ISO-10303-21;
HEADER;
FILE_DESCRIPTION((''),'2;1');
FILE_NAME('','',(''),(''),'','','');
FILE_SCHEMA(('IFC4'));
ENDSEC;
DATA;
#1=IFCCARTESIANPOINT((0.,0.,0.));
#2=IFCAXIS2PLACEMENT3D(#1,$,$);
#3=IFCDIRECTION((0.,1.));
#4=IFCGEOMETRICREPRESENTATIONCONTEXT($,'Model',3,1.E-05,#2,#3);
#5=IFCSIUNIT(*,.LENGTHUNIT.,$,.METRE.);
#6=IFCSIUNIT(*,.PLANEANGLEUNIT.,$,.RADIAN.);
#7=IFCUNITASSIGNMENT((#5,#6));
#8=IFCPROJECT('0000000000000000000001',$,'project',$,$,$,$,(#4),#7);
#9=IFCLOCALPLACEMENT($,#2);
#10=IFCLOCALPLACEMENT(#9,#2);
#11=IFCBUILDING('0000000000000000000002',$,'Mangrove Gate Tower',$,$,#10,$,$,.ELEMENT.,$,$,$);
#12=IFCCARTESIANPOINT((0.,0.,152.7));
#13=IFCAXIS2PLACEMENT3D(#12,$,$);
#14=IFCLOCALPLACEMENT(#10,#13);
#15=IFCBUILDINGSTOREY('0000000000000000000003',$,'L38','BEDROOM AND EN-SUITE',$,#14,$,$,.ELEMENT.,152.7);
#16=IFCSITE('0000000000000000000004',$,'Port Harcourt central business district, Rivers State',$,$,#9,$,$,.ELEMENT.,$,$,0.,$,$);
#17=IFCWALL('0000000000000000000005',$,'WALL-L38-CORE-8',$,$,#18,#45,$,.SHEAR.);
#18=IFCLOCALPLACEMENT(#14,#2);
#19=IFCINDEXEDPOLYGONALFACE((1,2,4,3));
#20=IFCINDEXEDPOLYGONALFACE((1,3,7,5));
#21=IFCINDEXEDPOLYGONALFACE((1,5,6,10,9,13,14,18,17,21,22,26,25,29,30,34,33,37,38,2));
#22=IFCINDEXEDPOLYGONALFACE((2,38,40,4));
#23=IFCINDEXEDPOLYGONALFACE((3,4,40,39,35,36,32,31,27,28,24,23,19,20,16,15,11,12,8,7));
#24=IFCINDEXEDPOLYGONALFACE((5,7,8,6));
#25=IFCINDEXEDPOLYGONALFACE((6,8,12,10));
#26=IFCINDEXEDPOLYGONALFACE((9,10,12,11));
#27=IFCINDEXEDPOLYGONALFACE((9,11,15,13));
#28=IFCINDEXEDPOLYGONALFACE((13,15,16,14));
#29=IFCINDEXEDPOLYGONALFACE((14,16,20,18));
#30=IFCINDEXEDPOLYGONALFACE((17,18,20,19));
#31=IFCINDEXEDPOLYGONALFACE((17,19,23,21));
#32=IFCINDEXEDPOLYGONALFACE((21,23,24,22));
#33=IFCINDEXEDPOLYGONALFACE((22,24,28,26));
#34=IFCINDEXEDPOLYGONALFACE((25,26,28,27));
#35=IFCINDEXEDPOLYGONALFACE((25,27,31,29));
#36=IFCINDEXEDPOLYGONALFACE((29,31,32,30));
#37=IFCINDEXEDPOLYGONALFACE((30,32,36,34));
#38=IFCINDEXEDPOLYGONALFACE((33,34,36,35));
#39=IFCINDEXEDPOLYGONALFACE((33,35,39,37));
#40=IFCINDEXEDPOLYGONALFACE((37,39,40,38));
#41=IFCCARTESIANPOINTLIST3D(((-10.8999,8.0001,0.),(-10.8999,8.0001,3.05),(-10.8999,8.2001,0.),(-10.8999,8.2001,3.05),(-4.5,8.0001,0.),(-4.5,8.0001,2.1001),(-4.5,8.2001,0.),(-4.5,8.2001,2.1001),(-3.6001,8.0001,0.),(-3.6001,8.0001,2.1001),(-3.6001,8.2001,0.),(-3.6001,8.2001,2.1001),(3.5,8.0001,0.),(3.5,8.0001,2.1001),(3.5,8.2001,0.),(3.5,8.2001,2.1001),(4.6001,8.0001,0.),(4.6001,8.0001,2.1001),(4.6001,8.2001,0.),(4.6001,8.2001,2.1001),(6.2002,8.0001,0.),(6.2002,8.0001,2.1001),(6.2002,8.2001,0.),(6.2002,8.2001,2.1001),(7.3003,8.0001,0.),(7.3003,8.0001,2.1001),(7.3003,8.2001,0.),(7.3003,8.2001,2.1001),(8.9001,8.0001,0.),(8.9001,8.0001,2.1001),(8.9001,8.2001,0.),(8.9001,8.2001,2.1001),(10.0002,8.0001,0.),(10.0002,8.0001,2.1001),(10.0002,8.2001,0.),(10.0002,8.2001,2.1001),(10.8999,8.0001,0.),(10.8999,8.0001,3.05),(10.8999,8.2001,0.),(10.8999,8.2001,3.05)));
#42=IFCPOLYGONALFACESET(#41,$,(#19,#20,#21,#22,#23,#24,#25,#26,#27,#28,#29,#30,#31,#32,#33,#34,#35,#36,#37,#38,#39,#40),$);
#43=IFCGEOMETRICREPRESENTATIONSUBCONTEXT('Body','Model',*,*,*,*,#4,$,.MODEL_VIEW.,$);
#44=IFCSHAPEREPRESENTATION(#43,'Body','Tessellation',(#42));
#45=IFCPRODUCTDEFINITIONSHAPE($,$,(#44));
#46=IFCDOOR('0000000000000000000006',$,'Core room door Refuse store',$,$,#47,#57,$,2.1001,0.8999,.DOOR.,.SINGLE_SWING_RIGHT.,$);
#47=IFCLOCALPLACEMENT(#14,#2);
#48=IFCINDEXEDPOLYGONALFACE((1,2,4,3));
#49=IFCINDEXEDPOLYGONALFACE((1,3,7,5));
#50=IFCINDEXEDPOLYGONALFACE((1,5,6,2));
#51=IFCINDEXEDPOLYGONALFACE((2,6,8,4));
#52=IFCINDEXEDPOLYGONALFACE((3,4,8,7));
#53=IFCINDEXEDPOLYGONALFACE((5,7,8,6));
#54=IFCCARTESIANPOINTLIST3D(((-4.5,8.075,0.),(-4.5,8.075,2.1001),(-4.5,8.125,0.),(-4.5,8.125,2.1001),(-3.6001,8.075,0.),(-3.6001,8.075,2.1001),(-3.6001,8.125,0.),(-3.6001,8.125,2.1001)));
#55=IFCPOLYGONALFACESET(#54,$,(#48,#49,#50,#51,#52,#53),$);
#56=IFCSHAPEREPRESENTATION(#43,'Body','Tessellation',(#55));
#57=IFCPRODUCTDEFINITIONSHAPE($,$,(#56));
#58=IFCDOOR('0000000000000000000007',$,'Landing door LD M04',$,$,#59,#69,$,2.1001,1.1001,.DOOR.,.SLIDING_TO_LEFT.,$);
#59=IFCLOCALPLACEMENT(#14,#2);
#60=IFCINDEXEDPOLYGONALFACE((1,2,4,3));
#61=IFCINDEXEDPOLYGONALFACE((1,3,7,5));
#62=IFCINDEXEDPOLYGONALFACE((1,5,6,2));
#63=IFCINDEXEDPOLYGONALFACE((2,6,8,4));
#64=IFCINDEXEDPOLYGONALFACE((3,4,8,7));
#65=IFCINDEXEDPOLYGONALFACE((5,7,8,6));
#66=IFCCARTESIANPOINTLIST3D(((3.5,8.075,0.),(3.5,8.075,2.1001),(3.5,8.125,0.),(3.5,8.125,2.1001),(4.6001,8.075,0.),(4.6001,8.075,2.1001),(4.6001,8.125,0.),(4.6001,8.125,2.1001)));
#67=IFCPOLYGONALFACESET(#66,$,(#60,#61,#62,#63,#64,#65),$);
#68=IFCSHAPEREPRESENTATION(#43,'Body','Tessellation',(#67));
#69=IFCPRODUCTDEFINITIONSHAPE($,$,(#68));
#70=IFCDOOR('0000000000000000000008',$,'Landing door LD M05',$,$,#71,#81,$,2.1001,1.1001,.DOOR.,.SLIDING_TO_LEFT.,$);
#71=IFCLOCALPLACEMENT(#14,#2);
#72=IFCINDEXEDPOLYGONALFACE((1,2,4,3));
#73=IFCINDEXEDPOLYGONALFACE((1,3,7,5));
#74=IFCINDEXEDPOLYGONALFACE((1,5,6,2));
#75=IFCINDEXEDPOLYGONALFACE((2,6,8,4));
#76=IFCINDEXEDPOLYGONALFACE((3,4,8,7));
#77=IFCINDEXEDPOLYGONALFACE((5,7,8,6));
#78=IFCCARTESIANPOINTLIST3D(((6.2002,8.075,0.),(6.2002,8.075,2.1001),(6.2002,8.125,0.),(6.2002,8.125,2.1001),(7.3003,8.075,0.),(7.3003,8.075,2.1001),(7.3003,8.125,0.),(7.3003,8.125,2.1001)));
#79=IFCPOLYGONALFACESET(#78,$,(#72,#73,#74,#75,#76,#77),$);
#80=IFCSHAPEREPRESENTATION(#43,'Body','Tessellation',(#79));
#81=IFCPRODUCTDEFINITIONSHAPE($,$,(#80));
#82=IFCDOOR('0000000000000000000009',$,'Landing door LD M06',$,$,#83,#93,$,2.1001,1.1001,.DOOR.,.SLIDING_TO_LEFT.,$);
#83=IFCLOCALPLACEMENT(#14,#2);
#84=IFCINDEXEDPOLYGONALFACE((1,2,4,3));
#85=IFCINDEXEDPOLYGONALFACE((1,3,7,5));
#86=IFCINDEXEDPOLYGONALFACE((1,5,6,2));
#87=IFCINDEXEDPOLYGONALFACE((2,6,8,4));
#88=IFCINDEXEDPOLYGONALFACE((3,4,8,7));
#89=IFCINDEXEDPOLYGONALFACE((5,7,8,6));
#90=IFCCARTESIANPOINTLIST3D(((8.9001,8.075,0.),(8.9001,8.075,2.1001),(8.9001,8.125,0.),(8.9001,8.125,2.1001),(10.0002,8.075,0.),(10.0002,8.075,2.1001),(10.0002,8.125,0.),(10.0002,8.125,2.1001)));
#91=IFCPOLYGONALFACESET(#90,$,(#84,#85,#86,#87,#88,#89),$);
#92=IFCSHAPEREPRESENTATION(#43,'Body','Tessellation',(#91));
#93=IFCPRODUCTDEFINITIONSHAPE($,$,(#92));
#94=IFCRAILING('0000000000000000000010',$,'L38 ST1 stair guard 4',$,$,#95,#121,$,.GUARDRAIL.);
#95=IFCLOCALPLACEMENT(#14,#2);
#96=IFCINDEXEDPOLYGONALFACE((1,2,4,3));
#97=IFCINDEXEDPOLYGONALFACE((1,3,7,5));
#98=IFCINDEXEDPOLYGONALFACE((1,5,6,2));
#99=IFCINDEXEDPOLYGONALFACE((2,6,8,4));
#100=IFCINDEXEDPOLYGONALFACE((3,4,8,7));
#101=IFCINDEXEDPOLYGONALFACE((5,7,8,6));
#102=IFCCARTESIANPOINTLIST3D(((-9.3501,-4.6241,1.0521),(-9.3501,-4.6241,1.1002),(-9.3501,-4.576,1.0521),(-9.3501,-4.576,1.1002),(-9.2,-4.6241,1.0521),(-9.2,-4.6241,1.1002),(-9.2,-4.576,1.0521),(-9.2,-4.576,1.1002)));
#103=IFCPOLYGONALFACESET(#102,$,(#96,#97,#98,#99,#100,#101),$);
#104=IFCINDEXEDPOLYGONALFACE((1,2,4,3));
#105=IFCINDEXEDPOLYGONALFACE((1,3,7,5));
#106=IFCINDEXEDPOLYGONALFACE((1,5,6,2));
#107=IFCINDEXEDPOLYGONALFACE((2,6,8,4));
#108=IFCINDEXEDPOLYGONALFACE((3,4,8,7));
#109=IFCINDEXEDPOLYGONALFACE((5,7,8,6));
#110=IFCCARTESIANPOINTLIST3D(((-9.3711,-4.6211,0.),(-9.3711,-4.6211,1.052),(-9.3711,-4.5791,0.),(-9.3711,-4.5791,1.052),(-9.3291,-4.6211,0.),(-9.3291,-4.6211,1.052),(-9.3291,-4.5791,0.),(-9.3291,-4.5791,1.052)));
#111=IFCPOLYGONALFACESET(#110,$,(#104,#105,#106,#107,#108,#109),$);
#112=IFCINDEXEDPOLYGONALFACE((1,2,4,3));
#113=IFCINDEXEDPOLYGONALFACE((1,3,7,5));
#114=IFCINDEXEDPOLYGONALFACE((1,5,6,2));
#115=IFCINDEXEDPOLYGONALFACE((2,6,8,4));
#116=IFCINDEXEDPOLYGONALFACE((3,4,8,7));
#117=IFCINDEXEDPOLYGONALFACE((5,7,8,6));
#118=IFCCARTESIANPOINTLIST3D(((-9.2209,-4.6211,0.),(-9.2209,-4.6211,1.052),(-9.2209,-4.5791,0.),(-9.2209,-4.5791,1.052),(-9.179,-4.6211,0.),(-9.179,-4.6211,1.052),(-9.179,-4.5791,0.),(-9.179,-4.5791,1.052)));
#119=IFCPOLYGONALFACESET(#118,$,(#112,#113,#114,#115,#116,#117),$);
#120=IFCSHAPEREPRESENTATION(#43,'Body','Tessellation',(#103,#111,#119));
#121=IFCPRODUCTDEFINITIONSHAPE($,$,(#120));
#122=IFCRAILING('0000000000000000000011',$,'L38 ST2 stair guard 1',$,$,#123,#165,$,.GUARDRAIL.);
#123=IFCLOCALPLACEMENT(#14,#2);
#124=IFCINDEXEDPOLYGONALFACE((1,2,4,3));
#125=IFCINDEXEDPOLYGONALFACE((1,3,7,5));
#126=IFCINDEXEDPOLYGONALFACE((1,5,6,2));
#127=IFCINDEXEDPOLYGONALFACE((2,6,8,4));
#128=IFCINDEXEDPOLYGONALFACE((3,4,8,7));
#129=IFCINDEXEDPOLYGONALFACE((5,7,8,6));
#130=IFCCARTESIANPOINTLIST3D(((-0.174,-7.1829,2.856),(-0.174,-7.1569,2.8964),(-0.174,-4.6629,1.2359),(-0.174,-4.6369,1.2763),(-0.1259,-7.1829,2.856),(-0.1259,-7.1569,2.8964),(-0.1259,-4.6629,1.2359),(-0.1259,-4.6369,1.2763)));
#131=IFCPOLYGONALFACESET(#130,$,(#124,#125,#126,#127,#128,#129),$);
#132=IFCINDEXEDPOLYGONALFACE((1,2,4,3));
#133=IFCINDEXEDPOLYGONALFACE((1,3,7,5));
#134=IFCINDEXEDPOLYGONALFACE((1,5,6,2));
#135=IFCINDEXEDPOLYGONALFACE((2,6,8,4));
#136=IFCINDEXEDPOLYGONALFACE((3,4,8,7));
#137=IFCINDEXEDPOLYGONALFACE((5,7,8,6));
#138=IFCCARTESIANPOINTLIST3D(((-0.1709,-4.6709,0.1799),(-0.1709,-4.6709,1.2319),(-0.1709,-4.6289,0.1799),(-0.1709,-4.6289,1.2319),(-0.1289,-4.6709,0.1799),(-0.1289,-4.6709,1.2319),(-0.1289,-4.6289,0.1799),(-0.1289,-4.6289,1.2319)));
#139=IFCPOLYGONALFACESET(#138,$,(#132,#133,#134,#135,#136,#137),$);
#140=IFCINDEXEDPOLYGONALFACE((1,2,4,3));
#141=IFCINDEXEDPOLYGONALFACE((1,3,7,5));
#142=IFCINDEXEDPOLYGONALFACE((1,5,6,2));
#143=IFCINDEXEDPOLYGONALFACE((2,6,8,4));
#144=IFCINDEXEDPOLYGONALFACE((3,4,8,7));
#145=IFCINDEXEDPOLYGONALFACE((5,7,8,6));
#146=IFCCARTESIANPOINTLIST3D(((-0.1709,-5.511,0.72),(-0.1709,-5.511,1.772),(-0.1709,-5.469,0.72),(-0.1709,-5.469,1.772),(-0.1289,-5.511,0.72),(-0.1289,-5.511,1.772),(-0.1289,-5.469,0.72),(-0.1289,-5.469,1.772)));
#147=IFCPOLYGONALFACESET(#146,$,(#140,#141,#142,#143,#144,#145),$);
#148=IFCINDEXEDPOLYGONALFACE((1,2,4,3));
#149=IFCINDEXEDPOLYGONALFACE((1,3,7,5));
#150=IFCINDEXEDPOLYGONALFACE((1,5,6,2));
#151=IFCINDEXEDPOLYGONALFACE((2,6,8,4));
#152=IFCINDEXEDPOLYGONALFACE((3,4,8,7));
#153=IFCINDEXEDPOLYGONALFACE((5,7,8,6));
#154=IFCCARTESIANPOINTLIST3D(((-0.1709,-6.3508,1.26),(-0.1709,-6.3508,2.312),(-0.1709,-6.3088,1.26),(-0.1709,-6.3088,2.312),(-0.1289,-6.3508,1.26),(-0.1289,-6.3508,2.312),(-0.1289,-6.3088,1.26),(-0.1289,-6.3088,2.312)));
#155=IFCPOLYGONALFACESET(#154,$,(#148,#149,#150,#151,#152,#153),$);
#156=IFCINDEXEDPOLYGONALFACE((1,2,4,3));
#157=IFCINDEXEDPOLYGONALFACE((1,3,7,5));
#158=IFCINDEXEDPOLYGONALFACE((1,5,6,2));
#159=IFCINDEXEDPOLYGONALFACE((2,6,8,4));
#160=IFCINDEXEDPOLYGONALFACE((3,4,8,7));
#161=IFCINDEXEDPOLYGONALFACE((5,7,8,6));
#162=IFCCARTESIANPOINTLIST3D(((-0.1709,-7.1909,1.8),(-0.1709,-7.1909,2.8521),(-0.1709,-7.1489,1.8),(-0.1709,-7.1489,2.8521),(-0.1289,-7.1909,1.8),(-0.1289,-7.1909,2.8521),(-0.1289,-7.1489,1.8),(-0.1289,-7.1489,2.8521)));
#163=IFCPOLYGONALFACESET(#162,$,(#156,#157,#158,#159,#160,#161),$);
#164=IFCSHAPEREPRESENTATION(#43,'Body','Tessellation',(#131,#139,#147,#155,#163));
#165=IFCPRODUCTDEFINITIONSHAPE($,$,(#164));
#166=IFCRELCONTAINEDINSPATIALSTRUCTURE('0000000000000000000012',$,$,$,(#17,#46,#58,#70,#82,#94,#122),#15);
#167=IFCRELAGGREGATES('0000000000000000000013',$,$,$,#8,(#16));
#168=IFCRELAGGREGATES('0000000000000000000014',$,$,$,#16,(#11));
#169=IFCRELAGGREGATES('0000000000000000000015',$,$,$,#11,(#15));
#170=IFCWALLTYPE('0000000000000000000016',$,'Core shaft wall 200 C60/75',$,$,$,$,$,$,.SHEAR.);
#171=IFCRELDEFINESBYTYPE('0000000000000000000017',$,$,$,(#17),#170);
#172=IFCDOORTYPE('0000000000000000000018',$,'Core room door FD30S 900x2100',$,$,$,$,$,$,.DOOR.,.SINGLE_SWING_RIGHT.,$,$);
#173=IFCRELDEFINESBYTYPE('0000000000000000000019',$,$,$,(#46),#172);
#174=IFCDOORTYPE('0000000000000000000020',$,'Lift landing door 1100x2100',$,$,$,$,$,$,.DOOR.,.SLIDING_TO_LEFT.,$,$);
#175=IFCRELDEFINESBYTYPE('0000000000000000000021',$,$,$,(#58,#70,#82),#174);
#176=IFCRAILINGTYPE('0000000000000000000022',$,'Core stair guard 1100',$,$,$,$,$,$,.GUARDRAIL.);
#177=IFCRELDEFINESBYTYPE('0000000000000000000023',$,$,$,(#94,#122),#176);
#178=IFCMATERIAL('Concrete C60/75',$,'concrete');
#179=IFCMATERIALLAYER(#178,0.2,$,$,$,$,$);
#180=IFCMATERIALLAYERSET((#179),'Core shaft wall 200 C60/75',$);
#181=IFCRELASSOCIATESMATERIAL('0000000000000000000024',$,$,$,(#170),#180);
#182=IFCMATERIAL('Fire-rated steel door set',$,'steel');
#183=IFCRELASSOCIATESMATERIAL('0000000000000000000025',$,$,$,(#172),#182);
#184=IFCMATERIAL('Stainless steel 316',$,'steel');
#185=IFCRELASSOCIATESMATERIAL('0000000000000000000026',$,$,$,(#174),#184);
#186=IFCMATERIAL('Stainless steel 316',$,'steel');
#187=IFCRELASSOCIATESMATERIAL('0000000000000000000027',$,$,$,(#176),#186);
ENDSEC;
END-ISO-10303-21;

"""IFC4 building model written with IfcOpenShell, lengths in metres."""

from ifc_helpers import new_model, si_unit, direction, frame, frame_2d, origin, origin_2d, place, context, subcontext, project, spatial, rectangle, extrude, material, layer, layer_set, type_object, element, fill, save


model = new_model("IFC4")

# Units and contexts
model_context = context("Model", 3, precision=1e-05, world=origin(), true_north=direction((0.0, 1.0)))
body_context = subcontext(model_context, "Body", "Model", "MODEL_VIEW")
ifc_project = project(units=[si_unit("LENGTHUNIT", "METRE"), si_unit("PLANEANGLEUNIT", "RADIAN")], contexts=[model_context])

# Site, building, storey
site_placement = place(None, origin())
site = spatial("IfcSite", under=ifc_project, at=site_placement, Name="Port Harcourt central business district, Rivers State", CompositionType="ELEMENT", RefElevation=0.0)
building_placement = place(site_placement, origin())
building = spatial("IfcBuilding", under=site, at=building_placement, Name="Mangrove Gate Tower", CompositionType="ELEMENT")
storey_placement = place(building_placement, frame((0.0, 0.0, 152.7)))
storey = spatial("IfcBuildingStorey", under=building, at=storey_placement, Name="L38", Description="BEDROOM AND EN-SUITE", CompositionType="ELEMENT", Elevation=152.7)

# Shared definitions
ifc_material_1 = material(Name="Concrete C60/75", Category="concrete")
ifc_layer_1 = layer(ifc_material_1, 0.2)
ifc_layer_set_1 = layer_set([ifc_layer_1], Name="Core shaft wall 200 C60/75")
wall_type_1 = type_object("IfcWallType", Name="Core shaft wall 200 C60/75", PredefinedType="SHEAR", material=ifc_layer_set_1)

# Wall, openings, doors
ifc_material_2 = material(Name="Fire-rated steel door set", Category="steel")
door_type_1 = type_object("IfcDoorType", Name="Core room door FD30S 900x2100", OperationType="SINGLE_SWING_RIGHT", PredefinedType="DOOR", material=ifc_material_2)
ifc_material_3 = material(Name="Stainless steel 316", Category="steel")
door_type_2 = type_object("IfcDoorType", Name="Lift landing door 1100x2100", OperationType="SLIDING_TO_LEFT", PredefinedType="DOOR", material=ifc_material_3)
wall_1_placement = place(storey_placement, frame((-10.8999, 8.1001, 0.0), z_axis=(0.0, 0.0, 1.0), x_axis=(1.0, 0.0, 0.0)))
wall_1 = element("IfcWall", 1, at=wall_1_placement, inside=storey, type_object=wall_type_1, Name="WALL-L38-CORE-8", PredefinedType="SHEAR", context=body_context, shape_type="SweptSolid", body=[
    extrude(rectangle(XDim=21.7998, YDim=0.2, at=frame_2d((10.8999, 0.0))), origin(), (0.0, 0.0, 1.0), 3.05),
])
opening_1_placement = place(wall_1_placement, frame((14.3999, 0.0, 0.0)))
opening_1 = element("IfcOpeningElement", 2, at=opening_1_placement, cuts=wall_1, PredefinedType="OPENING", context=body_context, shape_type="SweptSolid", body=[
    extrude(rectangle(XDim=1.1001, YDim=2.1001, at=frame_2d((0.55, 1.05))), frame((0.0, 0.1099, 0.0), z_axis=(0.0, -1.0, 0.0), x_axis=(1.0, 0.0, 0.0)), (0.0, 0.0, 1.0), 0.22),
])
opening_2_placement = place(wall_1_placement, frame((17.1001, 0.0, 0.0)))
opening_2 = element("IfcOpeningElement", 3, at=opening_2_placement, cuts=wall_1, PredefinedType="OPENING", context=body_context, shape_type="SweptSolid", body=[
    extrude(rectangle(XDim=1.1001, YDim=2.1001, at=frame_2d((0.55, 1.05))), frame((0.0, 0.1099, 0.0), z_axis=(0.0, -1.0, 0.0), x_axis=(1.0, 0.0, 0.0)), (0.0, 0.0, 1.0), 0.22),
])
opening_3_placement = place(wall_1_placement, frame((19.8, 0.0, 0.0)))
opening_3 = element("IfcOpeningElement", 4, at=opening_3_placement, cuts=wall_1, PredefinedType="OPENING", context=body_context, shape_type="SweptSolid", body=[
    extrude(rectangle(XDim=1.1001, YDim=2.1001, at=frame_2d((0.55, 1.05))), frame((0.0, 0.1099, 0.0), z_axis=(0.0, -1.0, 0.0), x_axis=(1.0, 0.0, 0.0)), (0.0, 0.0, 1.0), 0.22),
])
opening_4_placement = place(wall_1_placement, frame((6.3999, 0.0, 0.0)))
opening_4 = element("IfcOpeningElement", 5, at=opening_4_placement, cuts=wall_1, PredefinedType="OPENING", context=body_context, shape_type="SweptSolid", body=[
    extrude(rectangle(XDim=0.8999, YDim=2.1001, at=frame_2d((0.45, 1.05))), frame((0.0, 0.1099, 0.0), z_axis=(0.0, -1.0, 0.0), x_axis=(1.0, 0.0, 0.0)), (0.0, 0.0, 1.0), 0.22),
])
door_1_placement = place(opening_4_placement, origin())
door_1 = element("IfcDoor", 6, at=door_1_placement, inside=storey, type_object=door_type_1, Name="Core room door Refuse store", OperationType="SINGLE_SWING_RIGHT", OverallHeight=2.1001, OverallWidth=0.8999, PredefinedType="DOOR", context=body_context, shape_type="SweptSolid", body=[
    extrude(rectangle(XDim=0.8999, YDim=2.1001, at=frame_2d((0.45, 1.05))), frame((0.0, 0.0249, 0.0), z_axis=(0.0, -1.0, 0.0), x_axis=(1.0, 0.0, 0.0)), (0.0, 0.0, 1.0), 0.05),
])
fill(opening_4, door_1)
door_2_placement = place(opening_1_placement, origin())
door_2 = element("IfcDoor", 7, at=door_2_placement, inside=storey, type_object=door_type_2, Name="Landing door LD M04", OperationType="SLIDING_TO_LEFT", OverallHeight=2.1001, OverallWidth=1.1001, PredefinedType="DOOR", context=body_context, shape_type="SweptSolid", body=[
    extrude(rectangle(XDim=1.1001, YDim=2.1001, at=frame_2d((0.55, 1.05))), frame((0.0, 0.0249, 0.0), z_axis=(0.0, -1.0, 0.0), x_axis=(1.0, 0.0, 0.0)), (0.0, 0.0, 1.0), 0.05),
])
fill(opening_1, door_2)
door_3_placement = place(opening_2_placement, origin())
door_3 = element("IfcDoor", 8, at=door_3_placement, inside=storey, type_object=door_type_2, Name="Landing door LD M05", OperationType="SLIDING_TO_LEFT", OverallHeight=2.1001, OverallWidth=1.1001, PredefinedType="DOOR", context=body_context, shape_type="SweptSolid", body=[
    extrude(rectangle(XDim=1.1001, YDim=2.1001, at=frame_2d((0.55, 1.05))), frame((0.0, 0.0249, 0.0), z_axis=(0.0, -1.0, 0.0), x_axis=(1.0, 0.0, 0.0)), (0.0, 0.0, 1.0), 0.05),
])
fill(opening_2, door_3)
door_4_placement = place(opening_3_placement, origin())
door_4 = element("IfcDoor", 9, at=door_4_placement, inside=storey, type_object=door_type_2, Name="Landing door LD M06", OperationType="SLIDING_TO_LEFT", OverallHeight=2.1001, OverallWidth=1.1001, PredefinedType="DOOR", context=body_context, shape_type="SweptSolid", body=[
    extrude(rectangle(XDim=1.1001, YDim=2.1001, at=frame_2d((0.55, 1.05))), frame((0.0, 0.0249, 0.0), z_axis=(0.0, -1.0, 0.0), x_axis=(1.0, 0.0, 0.0)), (0.0, 0.0, 1.0), 0.05),
])
fill(opening_3, door_4)

# Railings
ifc_material_4 = material(Name="Stainless steel 316", Category="steel")
railing_type = type_object("IfcRailingType", Name="Core stair guard 1100", PredefinedType="GUARDRAIL", material=ifc_material_4)
railing_1_placement = place(storey_placement, frame((-9.3501, -4.6001, 0.0)))
element("IfcRailing", 10, at=railing_1_placement, inside=storey, type_object=railing_type, Name="L38 ST1 stair guard 4", PredefinedType="GUARDRAIL", context=body_context, shape_type="SweptSolid", body=[
    extrude(rectangle(XDim=0.0481, YDim=0.0481, at=origin_2d()), frame((0.0, 0.0, 1.0762), z_axis=(1.0, 0.0, 0.0), x_axis=(0.0, 1.0, 0.0)), (0.0, 0.0, 1.0), 0.1501),
    extrude(rectangle(XDim=0.042, YDim=0.042, at=origin_2d()), origin(), (0.0, 0.0, 1.0), 1.052),
    extrude(rectangle(XDim=0.042, YDim=0.042, at=origin_2d()), frame((0.1501, 0.0, 0.0)), (0.0, 0.0, 1.0), 1.052),
])
railing_2_placement = place(storey_placement, frame((-0.1499, -4.6499, 0.1799)))
element("IfcRailing", 11, at=railing_2_placement, inside=storey, type_object=railing_type, Name="L38 ST2 stair guard 1", PredefinedType="GUARDRAIL", context=body_context, shape_type="SweptSolid", body=[
    extrude(rectangle(XDim=0.0481, YDim=0.0481, at=origin_2d()), frame((0.0, 0.0, 1.0762), z_axis=(0.0, -0.841163, 0.540782), x_axis=(1.0, 0.0, 0.0)), (0.0, 0.0, 1.0), 2.9958),
    extrude(rectangle(XDim=0.042, YDim=0.042, at=origin_2d()), origin(), (0.0, 0.0, 1.0), 1.052),
    extrude(rectangle(XDim=0.042, YDim=0.042, at=origin_2d()), frame((0.0, -0.8401, 0.54)), (0.0, 0.0, 1.0), 1.052),
    extrude(rectangle(XDim=0.042, YDim=0.042, at=origin_2d()), frame((0.0, -1.6799, 1.0801)), (0.0, 0.0, 1.0), 1.052),
    extrude(rectangle(XDim=0.042, YDim=0.042, at=origin_2d()), frame((0.0, -2.52, 1.6201)), (0.0, 0.0, 1.0), 1.052),
])

save(model, "model.ifc")
